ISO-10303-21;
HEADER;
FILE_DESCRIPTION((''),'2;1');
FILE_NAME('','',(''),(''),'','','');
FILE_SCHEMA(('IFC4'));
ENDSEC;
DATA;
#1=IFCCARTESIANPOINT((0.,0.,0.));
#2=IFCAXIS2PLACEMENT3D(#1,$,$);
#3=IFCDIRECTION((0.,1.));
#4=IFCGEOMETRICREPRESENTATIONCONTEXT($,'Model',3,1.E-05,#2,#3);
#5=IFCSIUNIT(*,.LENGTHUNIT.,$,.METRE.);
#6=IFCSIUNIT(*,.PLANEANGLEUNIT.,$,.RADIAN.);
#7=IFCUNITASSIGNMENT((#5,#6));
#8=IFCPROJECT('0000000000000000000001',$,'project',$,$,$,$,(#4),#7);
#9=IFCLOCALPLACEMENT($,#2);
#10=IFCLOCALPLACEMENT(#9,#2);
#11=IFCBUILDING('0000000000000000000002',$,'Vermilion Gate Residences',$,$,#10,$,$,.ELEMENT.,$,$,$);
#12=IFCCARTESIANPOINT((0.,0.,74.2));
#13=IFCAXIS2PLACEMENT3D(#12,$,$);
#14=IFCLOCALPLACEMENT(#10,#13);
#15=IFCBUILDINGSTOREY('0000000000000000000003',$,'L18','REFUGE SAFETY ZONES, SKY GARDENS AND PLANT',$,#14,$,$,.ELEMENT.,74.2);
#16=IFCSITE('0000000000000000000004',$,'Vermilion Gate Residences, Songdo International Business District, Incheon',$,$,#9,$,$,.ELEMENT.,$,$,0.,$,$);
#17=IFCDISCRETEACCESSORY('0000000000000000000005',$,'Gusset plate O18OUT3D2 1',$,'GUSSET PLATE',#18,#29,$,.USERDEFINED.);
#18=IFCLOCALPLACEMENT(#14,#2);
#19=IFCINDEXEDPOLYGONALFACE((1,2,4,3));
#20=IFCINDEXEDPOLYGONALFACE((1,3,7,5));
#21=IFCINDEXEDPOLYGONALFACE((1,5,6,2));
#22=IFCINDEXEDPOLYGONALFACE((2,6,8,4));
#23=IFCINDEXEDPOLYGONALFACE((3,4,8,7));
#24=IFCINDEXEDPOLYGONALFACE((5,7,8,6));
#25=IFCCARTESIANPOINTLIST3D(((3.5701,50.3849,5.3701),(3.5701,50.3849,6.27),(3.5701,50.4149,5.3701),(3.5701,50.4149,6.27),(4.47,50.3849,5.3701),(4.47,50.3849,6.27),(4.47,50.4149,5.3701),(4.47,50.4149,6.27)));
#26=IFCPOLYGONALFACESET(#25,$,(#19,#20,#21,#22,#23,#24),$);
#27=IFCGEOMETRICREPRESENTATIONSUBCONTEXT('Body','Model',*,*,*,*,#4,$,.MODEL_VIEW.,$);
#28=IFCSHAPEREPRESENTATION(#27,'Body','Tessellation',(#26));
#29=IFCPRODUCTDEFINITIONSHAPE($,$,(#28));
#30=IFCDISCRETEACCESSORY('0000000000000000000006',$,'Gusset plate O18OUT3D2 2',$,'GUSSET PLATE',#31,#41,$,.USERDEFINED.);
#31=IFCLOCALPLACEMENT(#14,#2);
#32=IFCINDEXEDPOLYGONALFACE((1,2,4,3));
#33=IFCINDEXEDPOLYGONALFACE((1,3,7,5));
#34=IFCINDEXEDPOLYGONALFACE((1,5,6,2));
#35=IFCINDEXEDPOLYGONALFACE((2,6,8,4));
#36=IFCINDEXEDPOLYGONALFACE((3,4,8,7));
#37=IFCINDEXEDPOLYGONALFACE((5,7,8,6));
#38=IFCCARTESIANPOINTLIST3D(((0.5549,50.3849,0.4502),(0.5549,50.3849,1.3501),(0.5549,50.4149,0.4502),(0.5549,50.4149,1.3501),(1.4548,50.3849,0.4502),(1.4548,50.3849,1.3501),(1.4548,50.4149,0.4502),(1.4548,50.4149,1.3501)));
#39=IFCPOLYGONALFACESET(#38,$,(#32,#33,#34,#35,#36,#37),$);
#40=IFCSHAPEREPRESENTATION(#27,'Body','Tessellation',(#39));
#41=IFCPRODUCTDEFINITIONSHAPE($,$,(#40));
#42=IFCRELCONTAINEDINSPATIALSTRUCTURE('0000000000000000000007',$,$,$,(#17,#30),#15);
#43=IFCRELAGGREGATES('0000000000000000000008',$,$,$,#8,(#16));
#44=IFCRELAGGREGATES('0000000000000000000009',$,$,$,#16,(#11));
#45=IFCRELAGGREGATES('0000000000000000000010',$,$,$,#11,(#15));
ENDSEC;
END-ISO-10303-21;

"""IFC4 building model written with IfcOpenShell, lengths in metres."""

from ifc_helpers import new_model, si_unit, direction, frame, origin, origin_2d, place, context, subcontext, project, spatial, rectangle, extrude, element, save


model = new_model("IFC4")

# Units and contexts
model_context = context("Model", 3, precision=1e-05, world=origin(), true_north=direction((0.0, 1.0)))
body_context = subcontext(model_context, "Body", "Model", "MODEL_VIEW")
ifc_project = project(units=[si_unit("LENGTHUNIT", "METRE"), si_unit("PLANEANGLEUNIT", "RADIAN")], contexts=[model_context])

# Site, building, storey
site_placement = place(None, origin())
site = spatial("IfcSite", under=ifc_project, at=site_placement, Name="Vermilion Gate Residences, Songdo International Business District, Incheon", CompositionType="ELEMENT", RefElevation=0.0)
building_placement = place(site_placement, origin())
building = spatial("IfcBuilding", under=site, at=building_placement, Name="Vermilion Gate Residences", CompositionType="ELEMENT")
storey_placement = place(building_placement, frame((0.0, 0.0, 74.2)))
storey = spatial("IfcBuildingStorey", under=building, at=storey_placement, Name="L18", Description="REFUGE SAFETY ZONES, SKY GARDENS AND PLANT", CompositionType="ELEMENT", Elevation=74.2)

# Discrete accessories
for number, where, z_axis, x_axis, name in (
    (1, (4.02, 50.3999, 5.3701), (0.0, 0.0, 1.0), (1.0, 0.0, 0.0), "Gusset plate O18OUT3D2 1"),
    (2, (1.0049, 50.3999, 0.4502), (0.0, 0.0, 1.0), (1.0, 0.0, 0.0), "Gusset plate O18OUT3D2 2"),
):
    element("IfcDiscreteAccessory", number, at=place(storey_placement, frame(where, z_axis=z_axis, x_axis=x_axis)), inside=storey, Name=name, ObjectType="GUSSET PLATE", PredefinedType="USERDEFINED", context=body_context, shape_type="SweptSolid", body=[
        extrude(rectangle(XDim=0.8999, YDim=0.03, at=origin_2d()), origin(), (0.0, 0.0, 1.0), 0.8999),
    ])

save(model, "model.ifc")
